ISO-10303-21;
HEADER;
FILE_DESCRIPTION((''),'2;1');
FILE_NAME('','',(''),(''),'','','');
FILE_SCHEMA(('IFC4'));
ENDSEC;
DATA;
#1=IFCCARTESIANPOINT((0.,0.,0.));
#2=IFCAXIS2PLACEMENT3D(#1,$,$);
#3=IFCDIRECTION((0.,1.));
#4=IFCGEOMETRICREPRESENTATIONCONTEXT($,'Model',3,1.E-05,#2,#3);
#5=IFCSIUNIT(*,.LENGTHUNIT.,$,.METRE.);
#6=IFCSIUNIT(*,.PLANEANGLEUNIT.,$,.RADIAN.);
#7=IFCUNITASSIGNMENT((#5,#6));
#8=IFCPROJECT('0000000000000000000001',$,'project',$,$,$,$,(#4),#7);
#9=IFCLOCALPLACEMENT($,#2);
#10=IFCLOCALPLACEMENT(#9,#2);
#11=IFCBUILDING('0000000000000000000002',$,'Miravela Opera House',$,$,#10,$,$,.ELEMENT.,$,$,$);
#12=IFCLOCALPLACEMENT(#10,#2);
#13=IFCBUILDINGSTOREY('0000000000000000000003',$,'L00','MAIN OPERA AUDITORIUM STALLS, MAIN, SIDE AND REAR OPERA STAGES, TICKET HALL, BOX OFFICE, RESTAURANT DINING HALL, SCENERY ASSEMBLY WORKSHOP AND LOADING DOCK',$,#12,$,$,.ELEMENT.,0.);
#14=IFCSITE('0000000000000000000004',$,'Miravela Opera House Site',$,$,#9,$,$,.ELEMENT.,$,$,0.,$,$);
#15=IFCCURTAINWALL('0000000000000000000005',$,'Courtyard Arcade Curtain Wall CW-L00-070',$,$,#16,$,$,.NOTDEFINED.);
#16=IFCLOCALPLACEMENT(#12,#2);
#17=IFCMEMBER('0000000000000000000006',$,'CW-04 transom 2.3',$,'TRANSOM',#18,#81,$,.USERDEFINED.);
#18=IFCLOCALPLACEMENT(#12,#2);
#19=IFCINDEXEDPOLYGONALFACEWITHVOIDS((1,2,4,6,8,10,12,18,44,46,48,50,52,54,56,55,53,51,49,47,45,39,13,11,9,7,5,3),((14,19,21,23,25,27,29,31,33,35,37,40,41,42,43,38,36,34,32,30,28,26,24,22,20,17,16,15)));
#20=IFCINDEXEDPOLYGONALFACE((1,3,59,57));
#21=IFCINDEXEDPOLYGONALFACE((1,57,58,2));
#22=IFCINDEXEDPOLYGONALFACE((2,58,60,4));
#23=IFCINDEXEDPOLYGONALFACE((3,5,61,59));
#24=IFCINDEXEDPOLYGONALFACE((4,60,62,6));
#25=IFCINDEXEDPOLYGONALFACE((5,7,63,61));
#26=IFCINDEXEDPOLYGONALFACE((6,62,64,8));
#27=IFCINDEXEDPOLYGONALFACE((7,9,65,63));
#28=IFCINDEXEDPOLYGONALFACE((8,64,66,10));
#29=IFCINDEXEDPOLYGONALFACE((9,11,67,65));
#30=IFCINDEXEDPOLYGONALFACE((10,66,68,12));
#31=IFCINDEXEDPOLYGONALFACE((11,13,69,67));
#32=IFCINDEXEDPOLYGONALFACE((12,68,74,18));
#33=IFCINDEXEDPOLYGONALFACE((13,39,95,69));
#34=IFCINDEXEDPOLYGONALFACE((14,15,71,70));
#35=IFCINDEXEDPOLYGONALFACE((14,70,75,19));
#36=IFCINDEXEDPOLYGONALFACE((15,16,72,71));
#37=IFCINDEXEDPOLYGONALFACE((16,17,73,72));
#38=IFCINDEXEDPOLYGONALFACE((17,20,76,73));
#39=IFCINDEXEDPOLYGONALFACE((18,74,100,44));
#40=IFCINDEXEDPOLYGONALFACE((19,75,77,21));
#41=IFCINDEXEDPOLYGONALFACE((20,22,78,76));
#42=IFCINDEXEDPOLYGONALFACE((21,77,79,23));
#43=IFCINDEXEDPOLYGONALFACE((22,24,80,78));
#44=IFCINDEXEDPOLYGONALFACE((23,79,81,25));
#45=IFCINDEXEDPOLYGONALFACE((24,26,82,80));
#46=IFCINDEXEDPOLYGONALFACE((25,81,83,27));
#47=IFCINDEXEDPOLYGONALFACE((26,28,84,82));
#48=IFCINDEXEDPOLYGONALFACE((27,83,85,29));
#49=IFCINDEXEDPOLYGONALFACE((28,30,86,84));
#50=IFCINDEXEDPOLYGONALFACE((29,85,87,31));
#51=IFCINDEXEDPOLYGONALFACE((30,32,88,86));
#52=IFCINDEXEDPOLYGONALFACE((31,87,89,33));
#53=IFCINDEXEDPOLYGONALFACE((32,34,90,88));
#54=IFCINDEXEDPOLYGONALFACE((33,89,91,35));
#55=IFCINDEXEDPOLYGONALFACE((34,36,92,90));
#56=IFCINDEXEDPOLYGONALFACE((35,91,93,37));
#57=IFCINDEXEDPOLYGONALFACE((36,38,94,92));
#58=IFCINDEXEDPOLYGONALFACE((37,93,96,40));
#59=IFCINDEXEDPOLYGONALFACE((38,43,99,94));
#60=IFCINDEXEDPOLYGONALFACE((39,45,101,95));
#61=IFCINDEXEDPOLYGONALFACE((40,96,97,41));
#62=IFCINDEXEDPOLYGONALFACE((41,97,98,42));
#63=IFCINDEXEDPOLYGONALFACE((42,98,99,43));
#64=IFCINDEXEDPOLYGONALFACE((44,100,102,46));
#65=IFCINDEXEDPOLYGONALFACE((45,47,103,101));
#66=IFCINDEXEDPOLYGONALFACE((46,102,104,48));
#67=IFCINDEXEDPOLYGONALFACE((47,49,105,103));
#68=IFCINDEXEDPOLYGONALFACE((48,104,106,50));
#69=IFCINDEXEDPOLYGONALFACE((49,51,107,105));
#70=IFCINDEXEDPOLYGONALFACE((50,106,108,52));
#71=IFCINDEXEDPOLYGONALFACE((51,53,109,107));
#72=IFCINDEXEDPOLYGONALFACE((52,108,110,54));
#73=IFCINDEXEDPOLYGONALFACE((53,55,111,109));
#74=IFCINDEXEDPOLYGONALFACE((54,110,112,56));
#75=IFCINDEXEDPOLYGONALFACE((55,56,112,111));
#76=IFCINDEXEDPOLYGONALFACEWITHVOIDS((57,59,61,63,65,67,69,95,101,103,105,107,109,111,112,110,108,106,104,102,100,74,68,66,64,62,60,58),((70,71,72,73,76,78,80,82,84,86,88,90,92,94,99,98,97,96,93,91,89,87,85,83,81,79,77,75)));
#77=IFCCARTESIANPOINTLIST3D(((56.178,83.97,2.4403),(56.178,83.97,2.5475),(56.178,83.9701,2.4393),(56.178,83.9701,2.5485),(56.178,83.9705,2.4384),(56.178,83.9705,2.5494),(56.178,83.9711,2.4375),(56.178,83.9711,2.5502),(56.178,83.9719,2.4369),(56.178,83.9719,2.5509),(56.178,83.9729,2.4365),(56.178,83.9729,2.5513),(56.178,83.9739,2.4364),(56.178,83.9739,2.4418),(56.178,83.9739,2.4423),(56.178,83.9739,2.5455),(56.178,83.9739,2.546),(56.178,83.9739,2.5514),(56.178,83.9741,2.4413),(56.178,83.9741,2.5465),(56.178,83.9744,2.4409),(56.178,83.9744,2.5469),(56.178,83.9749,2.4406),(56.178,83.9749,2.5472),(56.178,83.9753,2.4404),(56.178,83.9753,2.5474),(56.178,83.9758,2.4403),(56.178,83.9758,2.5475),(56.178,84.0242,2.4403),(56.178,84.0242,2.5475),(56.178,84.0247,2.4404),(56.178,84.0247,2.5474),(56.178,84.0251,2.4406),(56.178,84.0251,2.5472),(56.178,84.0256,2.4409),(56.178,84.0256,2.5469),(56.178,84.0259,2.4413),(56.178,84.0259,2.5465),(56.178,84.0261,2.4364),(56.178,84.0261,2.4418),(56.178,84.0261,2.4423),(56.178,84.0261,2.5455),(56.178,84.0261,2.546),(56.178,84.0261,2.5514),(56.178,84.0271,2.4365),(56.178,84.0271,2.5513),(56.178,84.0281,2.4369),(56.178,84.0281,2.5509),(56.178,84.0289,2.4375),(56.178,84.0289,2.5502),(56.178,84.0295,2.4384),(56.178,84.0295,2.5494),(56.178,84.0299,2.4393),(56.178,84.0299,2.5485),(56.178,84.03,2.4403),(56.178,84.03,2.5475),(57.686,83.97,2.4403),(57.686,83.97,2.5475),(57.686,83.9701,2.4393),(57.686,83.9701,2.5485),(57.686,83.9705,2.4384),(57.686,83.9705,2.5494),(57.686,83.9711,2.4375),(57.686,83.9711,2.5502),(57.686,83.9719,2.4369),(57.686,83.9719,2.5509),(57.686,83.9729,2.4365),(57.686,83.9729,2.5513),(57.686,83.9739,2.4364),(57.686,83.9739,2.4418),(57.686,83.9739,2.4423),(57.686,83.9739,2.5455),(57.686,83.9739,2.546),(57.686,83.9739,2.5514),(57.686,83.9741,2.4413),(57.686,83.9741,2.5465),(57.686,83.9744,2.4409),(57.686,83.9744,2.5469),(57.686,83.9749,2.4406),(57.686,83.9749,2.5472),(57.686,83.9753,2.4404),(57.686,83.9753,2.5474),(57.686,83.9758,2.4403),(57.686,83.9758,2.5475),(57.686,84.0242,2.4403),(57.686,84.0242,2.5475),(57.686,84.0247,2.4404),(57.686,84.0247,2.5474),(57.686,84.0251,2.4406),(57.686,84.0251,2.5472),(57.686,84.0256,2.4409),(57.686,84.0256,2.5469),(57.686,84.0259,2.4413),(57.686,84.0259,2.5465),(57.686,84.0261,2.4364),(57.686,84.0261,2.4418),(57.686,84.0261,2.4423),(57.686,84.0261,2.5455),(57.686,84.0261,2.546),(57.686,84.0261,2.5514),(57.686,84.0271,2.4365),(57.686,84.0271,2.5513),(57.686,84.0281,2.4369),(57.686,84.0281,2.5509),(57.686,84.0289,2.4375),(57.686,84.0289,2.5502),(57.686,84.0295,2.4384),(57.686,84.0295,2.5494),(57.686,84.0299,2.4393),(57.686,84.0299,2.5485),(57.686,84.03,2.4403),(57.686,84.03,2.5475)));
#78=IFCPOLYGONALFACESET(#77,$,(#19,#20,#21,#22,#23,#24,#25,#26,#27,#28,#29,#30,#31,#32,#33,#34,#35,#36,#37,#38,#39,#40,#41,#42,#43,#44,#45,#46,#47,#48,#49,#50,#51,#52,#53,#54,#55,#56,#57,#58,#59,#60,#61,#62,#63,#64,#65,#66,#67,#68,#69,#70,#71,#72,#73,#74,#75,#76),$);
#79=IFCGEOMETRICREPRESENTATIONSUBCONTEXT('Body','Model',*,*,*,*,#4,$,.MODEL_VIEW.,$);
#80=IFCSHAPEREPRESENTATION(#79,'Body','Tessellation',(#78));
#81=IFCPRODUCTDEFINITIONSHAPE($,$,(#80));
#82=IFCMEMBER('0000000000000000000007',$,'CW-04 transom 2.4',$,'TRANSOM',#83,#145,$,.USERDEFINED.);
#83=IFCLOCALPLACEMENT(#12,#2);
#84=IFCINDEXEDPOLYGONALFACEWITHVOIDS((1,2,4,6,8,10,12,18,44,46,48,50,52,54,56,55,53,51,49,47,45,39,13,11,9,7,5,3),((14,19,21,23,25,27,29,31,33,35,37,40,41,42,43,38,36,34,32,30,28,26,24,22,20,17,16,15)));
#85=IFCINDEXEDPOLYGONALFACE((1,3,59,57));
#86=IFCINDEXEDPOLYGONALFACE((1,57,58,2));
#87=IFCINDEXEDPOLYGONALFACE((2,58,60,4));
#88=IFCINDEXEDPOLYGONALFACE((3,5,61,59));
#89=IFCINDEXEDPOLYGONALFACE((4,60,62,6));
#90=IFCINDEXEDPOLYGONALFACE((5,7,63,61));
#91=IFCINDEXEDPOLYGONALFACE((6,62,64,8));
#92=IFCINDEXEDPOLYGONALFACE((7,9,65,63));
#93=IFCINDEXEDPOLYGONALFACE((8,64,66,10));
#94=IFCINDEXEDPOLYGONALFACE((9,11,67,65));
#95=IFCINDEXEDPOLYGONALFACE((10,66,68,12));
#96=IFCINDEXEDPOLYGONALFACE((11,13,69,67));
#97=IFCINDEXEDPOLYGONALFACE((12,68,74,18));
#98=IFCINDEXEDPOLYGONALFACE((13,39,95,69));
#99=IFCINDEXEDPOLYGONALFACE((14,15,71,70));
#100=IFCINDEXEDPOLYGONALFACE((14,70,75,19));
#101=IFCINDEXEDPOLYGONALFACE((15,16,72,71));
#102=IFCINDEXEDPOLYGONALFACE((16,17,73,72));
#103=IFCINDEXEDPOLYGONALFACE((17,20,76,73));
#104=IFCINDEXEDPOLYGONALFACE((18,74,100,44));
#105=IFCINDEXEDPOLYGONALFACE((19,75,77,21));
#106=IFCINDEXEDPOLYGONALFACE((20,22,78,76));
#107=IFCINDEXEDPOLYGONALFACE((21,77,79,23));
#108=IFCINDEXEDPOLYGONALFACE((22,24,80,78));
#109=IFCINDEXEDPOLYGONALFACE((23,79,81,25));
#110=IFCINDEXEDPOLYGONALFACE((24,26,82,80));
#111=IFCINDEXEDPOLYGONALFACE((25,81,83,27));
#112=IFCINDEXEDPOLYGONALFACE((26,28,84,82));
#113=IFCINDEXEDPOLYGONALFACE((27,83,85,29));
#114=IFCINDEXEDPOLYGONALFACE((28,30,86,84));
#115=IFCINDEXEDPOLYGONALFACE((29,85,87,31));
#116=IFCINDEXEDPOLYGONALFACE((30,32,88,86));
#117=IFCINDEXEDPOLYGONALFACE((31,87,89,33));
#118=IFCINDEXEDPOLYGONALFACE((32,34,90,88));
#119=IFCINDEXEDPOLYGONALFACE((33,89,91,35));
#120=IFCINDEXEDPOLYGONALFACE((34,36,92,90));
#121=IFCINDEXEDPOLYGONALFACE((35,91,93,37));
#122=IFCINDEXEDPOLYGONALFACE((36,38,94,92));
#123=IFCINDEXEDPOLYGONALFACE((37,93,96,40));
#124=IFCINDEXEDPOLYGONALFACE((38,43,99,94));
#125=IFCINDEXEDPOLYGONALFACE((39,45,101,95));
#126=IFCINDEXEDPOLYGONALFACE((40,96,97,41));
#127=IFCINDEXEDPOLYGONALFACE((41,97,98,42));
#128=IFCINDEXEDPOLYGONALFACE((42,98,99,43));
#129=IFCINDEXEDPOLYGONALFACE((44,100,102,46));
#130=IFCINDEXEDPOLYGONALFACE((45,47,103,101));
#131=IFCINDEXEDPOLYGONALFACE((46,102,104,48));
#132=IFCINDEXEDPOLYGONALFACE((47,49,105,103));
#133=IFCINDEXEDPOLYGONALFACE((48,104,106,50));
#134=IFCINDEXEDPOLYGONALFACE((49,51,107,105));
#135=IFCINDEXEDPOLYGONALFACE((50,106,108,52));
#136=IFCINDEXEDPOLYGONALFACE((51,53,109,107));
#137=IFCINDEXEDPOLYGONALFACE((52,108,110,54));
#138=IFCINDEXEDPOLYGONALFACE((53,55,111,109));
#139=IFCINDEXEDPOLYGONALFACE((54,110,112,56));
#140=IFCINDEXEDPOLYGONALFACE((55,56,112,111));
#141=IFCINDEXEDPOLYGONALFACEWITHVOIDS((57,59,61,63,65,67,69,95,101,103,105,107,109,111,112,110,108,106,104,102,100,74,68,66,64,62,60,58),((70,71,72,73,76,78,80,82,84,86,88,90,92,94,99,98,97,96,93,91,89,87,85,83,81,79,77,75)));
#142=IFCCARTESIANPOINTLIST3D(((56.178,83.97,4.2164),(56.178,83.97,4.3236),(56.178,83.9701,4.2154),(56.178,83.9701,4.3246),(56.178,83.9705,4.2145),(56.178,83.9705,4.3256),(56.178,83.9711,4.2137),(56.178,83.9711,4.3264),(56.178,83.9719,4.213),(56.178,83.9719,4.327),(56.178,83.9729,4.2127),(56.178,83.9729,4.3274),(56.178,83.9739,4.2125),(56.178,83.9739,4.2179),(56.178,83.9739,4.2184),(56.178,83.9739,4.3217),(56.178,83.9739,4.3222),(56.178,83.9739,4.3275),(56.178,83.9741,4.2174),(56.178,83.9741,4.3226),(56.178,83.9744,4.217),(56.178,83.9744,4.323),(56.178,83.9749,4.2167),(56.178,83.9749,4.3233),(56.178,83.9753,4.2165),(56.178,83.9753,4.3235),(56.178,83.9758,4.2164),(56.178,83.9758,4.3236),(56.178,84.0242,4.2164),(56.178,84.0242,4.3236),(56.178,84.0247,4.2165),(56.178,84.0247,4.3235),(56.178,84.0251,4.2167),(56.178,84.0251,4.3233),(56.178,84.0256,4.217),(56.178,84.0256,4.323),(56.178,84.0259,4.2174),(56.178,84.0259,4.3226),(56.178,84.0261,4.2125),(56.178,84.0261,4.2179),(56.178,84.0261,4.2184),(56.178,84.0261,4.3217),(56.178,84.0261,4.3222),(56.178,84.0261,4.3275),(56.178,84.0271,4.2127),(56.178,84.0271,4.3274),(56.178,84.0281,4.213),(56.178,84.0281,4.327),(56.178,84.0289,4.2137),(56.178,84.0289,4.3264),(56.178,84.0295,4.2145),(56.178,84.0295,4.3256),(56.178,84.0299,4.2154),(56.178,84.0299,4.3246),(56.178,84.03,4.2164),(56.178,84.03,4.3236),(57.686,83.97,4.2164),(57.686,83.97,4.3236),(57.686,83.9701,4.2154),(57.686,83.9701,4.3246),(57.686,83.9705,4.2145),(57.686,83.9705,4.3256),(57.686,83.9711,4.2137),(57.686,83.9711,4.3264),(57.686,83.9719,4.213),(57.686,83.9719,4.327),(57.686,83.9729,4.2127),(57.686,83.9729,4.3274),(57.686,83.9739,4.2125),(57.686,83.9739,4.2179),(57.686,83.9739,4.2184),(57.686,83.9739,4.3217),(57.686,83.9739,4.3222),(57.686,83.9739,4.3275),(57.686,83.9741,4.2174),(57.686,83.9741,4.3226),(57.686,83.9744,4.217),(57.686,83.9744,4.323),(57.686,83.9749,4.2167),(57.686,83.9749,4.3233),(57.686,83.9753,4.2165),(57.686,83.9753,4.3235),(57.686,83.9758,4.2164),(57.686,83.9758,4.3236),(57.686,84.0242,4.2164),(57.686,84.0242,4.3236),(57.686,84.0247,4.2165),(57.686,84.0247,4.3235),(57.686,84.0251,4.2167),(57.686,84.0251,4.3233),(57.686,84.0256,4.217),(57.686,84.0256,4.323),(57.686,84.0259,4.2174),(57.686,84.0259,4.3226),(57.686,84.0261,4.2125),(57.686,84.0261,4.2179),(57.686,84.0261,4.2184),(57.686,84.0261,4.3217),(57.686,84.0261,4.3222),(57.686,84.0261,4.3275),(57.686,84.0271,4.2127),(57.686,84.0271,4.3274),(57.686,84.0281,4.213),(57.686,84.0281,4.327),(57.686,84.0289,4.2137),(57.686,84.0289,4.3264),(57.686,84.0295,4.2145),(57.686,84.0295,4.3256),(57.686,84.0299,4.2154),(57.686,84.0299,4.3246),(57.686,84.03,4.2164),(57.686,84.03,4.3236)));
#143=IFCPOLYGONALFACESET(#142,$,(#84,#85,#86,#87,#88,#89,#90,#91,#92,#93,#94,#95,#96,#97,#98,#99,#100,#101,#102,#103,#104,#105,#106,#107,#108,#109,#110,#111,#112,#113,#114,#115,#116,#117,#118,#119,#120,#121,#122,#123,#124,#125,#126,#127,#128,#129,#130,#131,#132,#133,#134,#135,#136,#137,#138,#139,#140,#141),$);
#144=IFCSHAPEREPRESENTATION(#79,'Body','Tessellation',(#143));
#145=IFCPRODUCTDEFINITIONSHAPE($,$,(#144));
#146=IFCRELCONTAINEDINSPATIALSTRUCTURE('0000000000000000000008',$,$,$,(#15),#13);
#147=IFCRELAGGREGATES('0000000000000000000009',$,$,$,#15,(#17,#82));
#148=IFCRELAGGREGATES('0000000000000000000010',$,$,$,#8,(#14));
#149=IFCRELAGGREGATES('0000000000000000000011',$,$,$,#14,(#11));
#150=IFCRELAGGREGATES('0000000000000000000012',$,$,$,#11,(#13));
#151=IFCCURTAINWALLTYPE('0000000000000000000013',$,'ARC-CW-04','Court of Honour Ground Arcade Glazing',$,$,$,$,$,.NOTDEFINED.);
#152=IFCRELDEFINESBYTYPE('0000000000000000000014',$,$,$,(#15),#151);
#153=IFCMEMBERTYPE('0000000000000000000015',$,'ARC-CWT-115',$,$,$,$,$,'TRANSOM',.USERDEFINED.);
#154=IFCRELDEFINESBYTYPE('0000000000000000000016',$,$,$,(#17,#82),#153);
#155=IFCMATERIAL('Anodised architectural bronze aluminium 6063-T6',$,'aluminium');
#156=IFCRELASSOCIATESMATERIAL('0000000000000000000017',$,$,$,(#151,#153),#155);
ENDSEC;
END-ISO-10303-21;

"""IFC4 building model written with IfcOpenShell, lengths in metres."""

from ifc_helpers import new_model, si_unit, direction, frame, origin, origin_2d, place, context, subcontext, project, spatial, hollow_rectangle, extrude, material, material_profile, profile_set, type_object, element, aggregate, save


model = new_model("IFC4")

# Units and contexts
model_context = context("Model", 3, precision=1e-05, world=origin(), true_north=direction((0.0, 1.0)))
body_context = subcontext(model_context, "Body", "Model", "MODEL_VIEW")
ifc_project = project(units=[si_unit("LENGTHUNIT", "METRE"), si_unit("PLANEANGLEUNIT", "RADIAN")], contexts=[model_context])

# Site, building, storey
site_placement = place(None, origin())
site = spatial("IfcSite", under=ifc_project, at=site_placement, Name="Miravela Opera House Site", CompositionType="ELEMENT", RefElevation=0.0)
building_placement = place(site_placement, origin())
building = spatial("IfcBuilding", under=site, at=building_placement, Name="Miravela Opera House", CompositionType="ELEMENT")
storey_placement = place(building_placement, origin())
storey = spatial("IfcBuildingStorey", under=building, at=storey_placement, Name="L00", Description="MAIN OPERA AUDITORIUM STALLS, MAIN, SIDE AND REAR OPERA STAGES, TICKET HALL, BOX OFFICE, RESTAURANT DINING HALL, SCENERY ASSEMBLY WORKSHOP AND LOADING DOCK", CompositionType="ELEMENT", Elevation=0.0)

# Curtain wall
ifc_material_1 = material(Name="Anodised architectural bronze aluminium 6063-T6", Category="aluminium")
curtain_wall_type = type_object("IfcCurtainWallType", Name="ARC-CW-04", Description="Court of Honour Ground Arcade Glazing", PredefinedType="NOTDEFINED", material=ifc_material_1)
curtain_wall_1_placement = place(storey_placement, origin())
curtain_wall_1 = element("IfcCurtainWall", 1, at=curtain_wall_1_placement, inside=storey, type_object=curtain_wall_type, Name="Courtyard Arcade Curtain Wall CW-L00-070", PredefinedType="NOTDEFINED")

# Members
ifc_material_profile_1 = material_profile(ifc_material_1, hollow_rectangle(XDim=0.0601, YDim=0.115, WallThickness=0.0039, InnerFilletRadius=0.002, OuterFilletRadius=0.0039, at=origin_2d()), Name="CWT-60X115")
ifc_profile_set_1 = profile_set([ifc_material_profile_1])
member_type_1 = type_object("IfcMemberType", Name="ARC-CWT-115", ElementType="TRANSOM", PredefinedType="USERDEFINED", material=ifc_profile_set_1)
member_1_placement = place(storey_placement, frame((56.178, 84.0, 2.4939), z_axis=(1.0, 0.0, 0.0), x_axis=(0.0, 1.0, 0.0)))
member_1 = element("IfcMember", 2, at=member_1_placement, type_object=member_type_1, Name="CW-04 transom 2.3", ObjectType="TRANSOM", PredefinedType="USERDEFINED", context=body_context, shape_type="SweptSolid", body=[
    extrude(hollow_rectangle(XDim=0.0601, YDim=0.115, WallThickness=0.0039, InnerFilletRadius=0.002, OuterFilletRadius=0.0039, at=origin_2d()), origin(), (0.0, 0.0, 1.0), 1.5081),
])
member_2_placement = place(storey_placement, frame((56.178, 84.0, 4.27), z_axis=(1.0, 0.0, 0.0), x_axis=(0.0, 1.0, 0.0)))
member_2 = element("IfcMember", 3, at=member_2_placement, type_object=member_type_1, Name="CW-04 transom 2.4", ObjectType="TRANSOM", PredefinedType="USERDEFINED", context=body_context, shape_type="SweptSolid", body=[
    extrude(hollow_rectangle(XDim=0.0601, YDim=0.115, WallThickness=0.0039, InnerFilletRadius=0.002, OuterFilletRadius=0.0039, at=origin_2d()), origin(), (0.0, 0.0, 1.0), 1.5081),
])

aggregate(curtain_wall_1, [member_1, member_2])

save(model, "model.ifc")
